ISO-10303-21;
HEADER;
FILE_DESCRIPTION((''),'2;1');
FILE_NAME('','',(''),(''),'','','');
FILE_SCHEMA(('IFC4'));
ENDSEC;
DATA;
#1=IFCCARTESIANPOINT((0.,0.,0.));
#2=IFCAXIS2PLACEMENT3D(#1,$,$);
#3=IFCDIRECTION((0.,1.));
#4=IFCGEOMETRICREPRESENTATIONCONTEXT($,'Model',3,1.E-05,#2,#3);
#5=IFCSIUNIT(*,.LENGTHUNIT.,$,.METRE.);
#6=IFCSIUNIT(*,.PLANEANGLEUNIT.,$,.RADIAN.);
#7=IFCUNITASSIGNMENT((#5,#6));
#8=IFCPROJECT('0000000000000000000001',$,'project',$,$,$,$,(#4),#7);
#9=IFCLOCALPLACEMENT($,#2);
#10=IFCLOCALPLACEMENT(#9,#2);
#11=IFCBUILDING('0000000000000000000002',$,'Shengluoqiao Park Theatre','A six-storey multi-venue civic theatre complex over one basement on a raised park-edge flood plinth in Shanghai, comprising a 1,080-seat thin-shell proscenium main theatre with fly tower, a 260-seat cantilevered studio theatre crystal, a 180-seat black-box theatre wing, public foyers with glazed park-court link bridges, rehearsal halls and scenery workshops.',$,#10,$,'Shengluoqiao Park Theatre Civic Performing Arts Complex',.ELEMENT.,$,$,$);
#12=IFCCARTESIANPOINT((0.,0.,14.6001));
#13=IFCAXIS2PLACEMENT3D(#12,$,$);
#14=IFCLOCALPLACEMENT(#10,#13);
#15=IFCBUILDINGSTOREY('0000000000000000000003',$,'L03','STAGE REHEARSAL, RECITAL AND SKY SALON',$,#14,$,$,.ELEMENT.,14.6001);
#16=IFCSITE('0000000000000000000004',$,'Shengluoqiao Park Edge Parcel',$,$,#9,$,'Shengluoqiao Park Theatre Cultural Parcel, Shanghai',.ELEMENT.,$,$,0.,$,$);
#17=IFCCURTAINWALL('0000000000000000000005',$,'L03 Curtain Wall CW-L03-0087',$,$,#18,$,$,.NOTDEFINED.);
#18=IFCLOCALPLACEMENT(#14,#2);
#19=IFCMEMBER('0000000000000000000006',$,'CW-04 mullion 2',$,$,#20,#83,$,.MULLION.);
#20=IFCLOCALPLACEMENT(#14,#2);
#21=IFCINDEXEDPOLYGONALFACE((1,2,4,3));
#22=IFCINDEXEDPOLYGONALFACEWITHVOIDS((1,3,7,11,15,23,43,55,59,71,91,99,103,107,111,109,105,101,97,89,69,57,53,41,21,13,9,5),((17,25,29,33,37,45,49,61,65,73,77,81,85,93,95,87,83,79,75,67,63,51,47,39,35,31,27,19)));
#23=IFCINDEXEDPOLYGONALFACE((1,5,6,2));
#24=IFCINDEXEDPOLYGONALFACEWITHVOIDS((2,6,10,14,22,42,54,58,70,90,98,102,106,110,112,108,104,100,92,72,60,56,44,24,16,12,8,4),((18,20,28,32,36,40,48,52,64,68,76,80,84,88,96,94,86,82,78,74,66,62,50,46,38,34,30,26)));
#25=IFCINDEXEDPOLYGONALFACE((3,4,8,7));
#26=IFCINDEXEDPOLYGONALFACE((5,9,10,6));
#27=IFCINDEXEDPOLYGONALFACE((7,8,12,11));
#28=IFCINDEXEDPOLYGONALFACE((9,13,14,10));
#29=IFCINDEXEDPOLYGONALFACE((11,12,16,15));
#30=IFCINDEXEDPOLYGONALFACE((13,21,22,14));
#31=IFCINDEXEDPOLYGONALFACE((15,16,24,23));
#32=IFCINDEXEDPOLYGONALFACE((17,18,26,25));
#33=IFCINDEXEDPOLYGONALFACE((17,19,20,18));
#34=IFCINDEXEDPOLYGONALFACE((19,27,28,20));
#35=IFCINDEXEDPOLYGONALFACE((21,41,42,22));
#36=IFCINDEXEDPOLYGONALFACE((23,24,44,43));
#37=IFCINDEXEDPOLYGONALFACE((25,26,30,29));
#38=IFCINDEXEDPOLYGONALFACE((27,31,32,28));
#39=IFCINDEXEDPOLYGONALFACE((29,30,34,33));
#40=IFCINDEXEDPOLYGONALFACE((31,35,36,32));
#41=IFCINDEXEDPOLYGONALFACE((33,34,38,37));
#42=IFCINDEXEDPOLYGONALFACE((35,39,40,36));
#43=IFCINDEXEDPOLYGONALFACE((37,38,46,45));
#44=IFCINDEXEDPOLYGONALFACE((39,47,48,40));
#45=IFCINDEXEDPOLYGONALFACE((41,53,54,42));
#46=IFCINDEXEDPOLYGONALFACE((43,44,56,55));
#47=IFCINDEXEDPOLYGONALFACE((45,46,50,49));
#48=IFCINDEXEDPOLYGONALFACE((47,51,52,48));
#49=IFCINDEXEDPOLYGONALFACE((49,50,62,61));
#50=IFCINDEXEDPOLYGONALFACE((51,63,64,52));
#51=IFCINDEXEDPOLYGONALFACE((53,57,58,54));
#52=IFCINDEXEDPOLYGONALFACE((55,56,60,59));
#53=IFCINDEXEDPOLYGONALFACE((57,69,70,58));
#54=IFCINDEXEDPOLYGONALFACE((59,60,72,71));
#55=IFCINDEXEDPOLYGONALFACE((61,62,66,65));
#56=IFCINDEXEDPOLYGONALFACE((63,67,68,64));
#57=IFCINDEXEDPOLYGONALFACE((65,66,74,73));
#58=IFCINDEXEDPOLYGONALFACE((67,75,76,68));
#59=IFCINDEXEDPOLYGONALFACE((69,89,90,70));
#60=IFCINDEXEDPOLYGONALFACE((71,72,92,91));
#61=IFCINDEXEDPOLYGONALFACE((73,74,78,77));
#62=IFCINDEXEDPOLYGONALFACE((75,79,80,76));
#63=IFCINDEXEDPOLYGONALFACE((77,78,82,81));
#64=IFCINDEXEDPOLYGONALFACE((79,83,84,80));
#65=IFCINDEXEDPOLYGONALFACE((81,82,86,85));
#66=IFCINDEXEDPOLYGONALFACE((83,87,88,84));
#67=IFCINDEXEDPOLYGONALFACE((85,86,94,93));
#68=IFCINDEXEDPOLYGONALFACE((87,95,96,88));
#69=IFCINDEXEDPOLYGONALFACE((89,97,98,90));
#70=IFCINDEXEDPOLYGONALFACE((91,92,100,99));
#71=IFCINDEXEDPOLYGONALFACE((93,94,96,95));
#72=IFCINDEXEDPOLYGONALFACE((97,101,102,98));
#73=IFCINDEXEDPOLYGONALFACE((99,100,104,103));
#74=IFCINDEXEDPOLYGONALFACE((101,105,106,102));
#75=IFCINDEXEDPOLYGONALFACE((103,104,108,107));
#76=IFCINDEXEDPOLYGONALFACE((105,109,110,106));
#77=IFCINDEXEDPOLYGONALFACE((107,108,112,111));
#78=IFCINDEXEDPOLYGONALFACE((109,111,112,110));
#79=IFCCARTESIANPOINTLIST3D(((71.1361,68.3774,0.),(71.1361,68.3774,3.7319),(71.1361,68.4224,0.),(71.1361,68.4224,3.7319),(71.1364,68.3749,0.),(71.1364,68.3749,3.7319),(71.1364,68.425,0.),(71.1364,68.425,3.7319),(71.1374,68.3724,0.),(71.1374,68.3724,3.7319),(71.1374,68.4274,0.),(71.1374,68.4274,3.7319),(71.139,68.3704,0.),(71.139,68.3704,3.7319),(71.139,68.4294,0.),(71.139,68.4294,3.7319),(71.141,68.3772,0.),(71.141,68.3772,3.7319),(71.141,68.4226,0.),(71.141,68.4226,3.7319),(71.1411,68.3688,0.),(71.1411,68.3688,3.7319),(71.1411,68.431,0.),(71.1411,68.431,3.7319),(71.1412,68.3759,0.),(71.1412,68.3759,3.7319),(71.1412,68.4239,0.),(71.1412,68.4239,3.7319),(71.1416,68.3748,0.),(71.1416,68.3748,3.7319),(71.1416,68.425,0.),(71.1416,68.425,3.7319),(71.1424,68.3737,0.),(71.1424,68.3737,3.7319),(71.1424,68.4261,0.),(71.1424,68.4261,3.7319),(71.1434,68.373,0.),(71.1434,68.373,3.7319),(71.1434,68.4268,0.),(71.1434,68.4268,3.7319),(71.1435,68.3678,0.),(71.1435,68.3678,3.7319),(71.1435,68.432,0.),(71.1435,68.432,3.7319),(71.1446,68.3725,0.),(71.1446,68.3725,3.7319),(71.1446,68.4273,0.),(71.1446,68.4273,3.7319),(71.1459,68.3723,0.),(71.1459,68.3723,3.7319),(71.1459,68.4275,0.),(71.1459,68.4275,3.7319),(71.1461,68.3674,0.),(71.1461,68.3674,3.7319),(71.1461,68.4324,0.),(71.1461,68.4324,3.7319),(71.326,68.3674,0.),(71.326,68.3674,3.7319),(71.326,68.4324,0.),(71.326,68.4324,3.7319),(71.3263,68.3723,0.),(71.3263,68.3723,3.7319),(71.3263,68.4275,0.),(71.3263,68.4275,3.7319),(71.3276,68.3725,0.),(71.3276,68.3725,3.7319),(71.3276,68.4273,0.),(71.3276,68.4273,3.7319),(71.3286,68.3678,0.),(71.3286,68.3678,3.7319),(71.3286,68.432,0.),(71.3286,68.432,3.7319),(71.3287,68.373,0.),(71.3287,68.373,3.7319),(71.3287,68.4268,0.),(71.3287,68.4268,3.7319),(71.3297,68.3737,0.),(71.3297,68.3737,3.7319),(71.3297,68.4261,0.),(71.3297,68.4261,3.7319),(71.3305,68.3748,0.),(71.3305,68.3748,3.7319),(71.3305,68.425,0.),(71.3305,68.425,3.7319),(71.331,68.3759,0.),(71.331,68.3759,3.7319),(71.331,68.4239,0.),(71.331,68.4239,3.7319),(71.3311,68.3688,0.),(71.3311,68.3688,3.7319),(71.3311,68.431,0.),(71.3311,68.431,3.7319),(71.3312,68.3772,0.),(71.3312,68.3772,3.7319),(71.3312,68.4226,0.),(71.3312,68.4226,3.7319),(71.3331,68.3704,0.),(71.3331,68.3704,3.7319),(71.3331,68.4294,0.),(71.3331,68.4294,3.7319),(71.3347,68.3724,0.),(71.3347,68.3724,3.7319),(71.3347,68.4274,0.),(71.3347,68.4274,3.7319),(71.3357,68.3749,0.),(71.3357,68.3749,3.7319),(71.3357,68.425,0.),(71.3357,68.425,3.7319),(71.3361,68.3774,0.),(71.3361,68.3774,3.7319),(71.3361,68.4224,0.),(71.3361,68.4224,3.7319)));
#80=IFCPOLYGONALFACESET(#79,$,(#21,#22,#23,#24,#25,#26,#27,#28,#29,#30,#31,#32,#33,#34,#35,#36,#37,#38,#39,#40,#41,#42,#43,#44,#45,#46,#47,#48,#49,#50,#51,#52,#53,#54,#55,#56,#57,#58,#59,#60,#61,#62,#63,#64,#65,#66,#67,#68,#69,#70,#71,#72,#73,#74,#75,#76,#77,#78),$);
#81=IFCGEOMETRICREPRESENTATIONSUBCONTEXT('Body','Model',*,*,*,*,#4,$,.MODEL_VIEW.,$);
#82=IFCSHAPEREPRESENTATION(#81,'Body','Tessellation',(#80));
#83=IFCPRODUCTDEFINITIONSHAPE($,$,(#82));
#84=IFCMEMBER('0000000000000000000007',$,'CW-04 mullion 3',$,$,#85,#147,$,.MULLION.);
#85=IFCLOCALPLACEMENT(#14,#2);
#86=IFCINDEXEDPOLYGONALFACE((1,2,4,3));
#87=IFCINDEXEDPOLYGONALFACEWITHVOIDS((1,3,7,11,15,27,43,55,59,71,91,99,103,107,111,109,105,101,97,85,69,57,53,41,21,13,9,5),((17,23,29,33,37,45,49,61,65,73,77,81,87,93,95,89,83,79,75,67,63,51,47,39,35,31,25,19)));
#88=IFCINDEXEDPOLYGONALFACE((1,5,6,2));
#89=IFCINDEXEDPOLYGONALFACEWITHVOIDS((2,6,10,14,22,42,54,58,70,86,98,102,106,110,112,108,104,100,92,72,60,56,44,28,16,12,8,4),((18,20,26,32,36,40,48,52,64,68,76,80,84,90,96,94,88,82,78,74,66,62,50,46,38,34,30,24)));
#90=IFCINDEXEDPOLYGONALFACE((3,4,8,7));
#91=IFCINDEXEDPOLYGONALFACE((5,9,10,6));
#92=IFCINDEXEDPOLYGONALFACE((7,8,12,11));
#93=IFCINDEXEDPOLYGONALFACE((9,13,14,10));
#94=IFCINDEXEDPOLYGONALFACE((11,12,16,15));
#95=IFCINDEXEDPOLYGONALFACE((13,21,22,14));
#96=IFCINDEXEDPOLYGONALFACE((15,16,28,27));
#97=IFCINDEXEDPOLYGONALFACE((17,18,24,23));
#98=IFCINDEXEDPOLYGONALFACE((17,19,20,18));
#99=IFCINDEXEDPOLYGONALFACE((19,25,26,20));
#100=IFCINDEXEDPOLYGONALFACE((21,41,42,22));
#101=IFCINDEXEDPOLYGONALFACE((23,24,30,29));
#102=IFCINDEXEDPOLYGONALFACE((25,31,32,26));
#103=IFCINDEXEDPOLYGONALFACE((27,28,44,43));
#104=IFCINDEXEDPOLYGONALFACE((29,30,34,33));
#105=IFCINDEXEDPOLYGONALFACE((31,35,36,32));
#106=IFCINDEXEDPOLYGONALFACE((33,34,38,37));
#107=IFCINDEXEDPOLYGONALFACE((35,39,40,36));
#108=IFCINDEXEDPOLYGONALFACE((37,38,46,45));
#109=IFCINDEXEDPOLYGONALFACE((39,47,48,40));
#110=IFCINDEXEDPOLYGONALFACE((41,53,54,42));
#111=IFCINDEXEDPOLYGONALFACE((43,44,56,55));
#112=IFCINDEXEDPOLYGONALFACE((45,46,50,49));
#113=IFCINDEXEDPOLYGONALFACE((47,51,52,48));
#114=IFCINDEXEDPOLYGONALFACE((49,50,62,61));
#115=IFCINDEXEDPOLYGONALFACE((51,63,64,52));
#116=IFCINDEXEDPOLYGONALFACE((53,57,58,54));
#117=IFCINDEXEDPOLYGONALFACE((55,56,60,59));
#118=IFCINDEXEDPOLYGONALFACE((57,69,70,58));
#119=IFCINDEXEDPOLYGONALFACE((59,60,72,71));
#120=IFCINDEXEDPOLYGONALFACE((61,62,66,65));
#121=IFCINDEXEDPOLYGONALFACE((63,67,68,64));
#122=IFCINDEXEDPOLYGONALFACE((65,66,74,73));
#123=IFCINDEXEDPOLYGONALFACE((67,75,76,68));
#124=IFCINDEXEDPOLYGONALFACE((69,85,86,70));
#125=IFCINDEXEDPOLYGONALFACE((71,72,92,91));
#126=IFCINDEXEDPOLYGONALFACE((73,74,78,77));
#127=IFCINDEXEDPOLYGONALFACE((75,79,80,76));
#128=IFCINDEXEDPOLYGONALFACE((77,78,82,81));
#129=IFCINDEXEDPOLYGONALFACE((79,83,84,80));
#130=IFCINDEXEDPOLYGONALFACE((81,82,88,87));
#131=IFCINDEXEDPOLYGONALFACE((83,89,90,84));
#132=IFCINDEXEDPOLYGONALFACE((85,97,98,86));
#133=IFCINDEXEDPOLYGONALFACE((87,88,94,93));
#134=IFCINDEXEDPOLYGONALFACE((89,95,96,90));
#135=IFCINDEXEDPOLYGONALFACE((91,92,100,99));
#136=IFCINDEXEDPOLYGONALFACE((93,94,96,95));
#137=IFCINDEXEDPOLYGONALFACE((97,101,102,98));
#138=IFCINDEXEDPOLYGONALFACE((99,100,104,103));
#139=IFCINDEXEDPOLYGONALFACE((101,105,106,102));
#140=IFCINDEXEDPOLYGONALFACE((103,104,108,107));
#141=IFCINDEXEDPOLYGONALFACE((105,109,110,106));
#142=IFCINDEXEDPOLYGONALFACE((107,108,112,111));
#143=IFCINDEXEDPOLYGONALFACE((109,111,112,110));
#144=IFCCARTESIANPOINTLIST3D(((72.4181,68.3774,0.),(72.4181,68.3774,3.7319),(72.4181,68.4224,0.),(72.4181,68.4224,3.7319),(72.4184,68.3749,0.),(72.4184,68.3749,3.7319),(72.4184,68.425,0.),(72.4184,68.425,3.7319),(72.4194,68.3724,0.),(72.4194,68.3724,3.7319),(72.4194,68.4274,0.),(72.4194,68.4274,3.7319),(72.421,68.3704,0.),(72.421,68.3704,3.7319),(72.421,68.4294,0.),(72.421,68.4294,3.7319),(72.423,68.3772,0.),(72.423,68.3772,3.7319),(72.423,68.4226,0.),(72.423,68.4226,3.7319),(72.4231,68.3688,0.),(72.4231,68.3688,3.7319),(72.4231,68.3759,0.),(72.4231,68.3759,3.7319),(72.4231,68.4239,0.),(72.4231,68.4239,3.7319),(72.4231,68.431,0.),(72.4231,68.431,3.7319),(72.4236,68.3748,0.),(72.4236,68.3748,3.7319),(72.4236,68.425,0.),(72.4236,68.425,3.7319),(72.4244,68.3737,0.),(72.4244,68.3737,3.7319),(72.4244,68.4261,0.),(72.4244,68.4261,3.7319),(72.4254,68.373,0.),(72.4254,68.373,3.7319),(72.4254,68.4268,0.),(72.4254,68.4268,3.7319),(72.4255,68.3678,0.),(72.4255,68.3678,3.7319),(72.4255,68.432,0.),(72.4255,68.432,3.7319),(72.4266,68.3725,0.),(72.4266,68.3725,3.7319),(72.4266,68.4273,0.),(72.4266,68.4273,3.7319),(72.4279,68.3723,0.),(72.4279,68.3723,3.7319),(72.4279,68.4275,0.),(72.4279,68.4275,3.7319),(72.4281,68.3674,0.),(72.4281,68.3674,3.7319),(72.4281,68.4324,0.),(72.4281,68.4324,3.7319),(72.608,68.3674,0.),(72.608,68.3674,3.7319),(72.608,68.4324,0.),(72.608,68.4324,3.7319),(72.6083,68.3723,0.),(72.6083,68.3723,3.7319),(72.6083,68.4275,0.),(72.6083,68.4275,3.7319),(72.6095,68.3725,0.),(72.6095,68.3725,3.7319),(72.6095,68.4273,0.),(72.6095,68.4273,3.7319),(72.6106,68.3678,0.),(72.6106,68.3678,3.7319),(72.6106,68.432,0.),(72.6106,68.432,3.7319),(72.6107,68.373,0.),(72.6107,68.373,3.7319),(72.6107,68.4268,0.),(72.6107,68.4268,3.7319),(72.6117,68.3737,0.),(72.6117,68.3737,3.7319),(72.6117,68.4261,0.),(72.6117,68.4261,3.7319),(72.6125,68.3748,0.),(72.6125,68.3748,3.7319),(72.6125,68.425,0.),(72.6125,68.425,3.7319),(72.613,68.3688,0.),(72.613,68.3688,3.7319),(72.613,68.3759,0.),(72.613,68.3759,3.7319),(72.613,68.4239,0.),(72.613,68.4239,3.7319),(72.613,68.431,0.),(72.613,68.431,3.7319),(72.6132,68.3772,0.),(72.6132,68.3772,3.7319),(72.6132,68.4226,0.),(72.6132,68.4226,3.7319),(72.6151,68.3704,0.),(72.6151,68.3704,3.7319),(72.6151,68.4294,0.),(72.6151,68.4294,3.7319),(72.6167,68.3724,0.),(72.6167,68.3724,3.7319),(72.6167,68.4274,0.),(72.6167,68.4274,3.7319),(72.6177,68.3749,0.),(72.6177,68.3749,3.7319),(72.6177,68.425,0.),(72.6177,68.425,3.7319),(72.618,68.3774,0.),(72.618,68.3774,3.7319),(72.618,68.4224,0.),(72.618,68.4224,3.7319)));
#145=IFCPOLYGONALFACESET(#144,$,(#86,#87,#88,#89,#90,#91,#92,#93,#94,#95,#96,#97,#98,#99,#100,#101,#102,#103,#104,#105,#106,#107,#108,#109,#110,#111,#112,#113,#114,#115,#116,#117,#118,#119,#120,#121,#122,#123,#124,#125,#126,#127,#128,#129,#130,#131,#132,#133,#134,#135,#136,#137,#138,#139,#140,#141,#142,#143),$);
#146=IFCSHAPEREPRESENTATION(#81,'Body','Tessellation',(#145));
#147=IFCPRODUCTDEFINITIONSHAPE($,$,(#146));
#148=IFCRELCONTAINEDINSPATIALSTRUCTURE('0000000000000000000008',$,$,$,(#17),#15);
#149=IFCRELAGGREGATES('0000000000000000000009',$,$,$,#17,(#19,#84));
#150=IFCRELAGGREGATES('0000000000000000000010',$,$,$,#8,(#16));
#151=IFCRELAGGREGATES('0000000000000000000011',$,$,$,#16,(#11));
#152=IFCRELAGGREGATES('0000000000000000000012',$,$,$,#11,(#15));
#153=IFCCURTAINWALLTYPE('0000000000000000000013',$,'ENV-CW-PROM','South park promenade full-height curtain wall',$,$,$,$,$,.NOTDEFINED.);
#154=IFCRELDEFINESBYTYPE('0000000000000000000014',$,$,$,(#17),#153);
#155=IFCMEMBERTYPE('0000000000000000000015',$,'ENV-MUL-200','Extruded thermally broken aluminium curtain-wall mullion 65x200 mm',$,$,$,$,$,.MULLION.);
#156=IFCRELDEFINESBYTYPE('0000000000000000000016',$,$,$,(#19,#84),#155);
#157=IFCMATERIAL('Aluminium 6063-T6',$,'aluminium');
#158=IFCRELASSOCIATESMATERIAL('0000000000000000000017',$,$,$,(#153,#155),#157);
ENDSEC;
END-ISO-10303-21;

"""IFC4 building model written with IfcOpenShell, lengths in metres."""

from ifc_helpers import new_model, si_unit, direction, frame, origin, origin_2d, place, context, subcontext, project, spatial, hollow_rectangle, extrude, material, material_profile, profile_set, type_object, element, aggregate, save


model = new_model("IFC4")

# Units and contexts
model_context = context("Model", 3, precision=1e-05, world=origin(), true_north=direction((0.0, 1.0)))
body_context = subcontext(model_context, "Body", "Model", "MODEL_VIEW")
ifc_project = project(units=[si_unit("LENGTHUNIT", "METRE"), si_unit("PLANEANGLEUNIT", "RADIAN")], contexts=[model_context])

# Site, building, storey
site_placement = place(None, origin())
site = spatial("IfcSite", under=ifc_project, at=site_placement, Name="Shengluoqiao Park Edge Parcel", LongName="Shengluoqiao Park Theatre Cultural Parcel, Shanghai", CompositionType="ELEMENT", RefElevation=0.0)
building_placement = place(site_placement, origin())
building = spatial("IfcBuilding", under=site, at=building_placement, Name="Shengluoqiao Park Theatre", Description="A six-storey multi-venue civic theatre complex over one basement on a raised park-edge flood plinth in Shanghai, comprising a 1,080-seat thin-shell proscenium main theatre with fly tower, a 260-seat cantilevered studio theatre crystal, a 180-seat black-box theatre wing, public foyers with glazed park-court link bridges, rehearsal halls and scenery workshops.", LongName="Shengluoqiao Park Theatre Civic Performing Arts Complex", CompositionType="ELEMENT")
storey_placement = place(building_placement, frame((0.0, 0.0, 14.6001)))
storey = spatial("IfcBuildingStorey", under=building, at=storey_placement, Name="L03", Description="STAGE REHEARSAL, RECITAL AND SKY SALON", CompositionType="ELEMENT", Elevation=14.6001)

# Curtain wall, members
ifc_material_1 = material(Name="Aluminium 6063-T6", Category="aluminium")
curtain_wall_type = type_object("IfcCurtainWallType", Name="ENV-CW-PROM", Description="South park promenade full-height curtain wall", PredefinedType="NOTDEFINED", material=ifc_material_1)
curtain_wall_1_placement = place(storey_placement, origin())
curtain_wall_1 = element("IfcCurtainWall", 1, at=curtain_wall_1_placement, inside=storey, type_object=curtain_wall_type, Name="L03 Curtain Wall CW-L03-0087", PredefinedType="NOTDEFINED")
ifc_material_profile_1 = material_profile(ifc_material_1, hollow_rectangle(XDim=0.0649, YDim=0.2, WallThickness=0.0049, InnerFilletRadius=0.0049, OuterFilletRadius=0.01, at=origin_2d()), Name="ALU MULLION 200x65x5")
ifc_profile_set_1 = profile_set([ifc_material_profile_1], Name="Aluminium 6063-T6")
member_type_1 = type_object("IfcMemberType", Name="ENV-MUL-200", Description="Extruded thermally broken aluminium curtain-wall mullion 65x200 mm", PredefinedType="MULLION", material=ifc_profile_set_1)
member_1_placement = place(storey_placement, frame((71.2361, 68.3999, 0.0), z_axis=(0.0, 0.0, 1.0), x_axis=(0.0, 1.0, 0.0)))
member_1 = element("IfcMember", 2, at=member_1_placement, type_object=member_type_1, Name="CW-04 mullion 2", PredefinedType="MULLION", context=body_context, shape_type="SweptSolid", body=[
    extrude(hollow_rectangle(XDim=0.0649, YDim=0.2, WallThickness=0.0049, InnerFilletRadius=0.0049, OuterFilletRadius=0.01, at=origin_2d()), origin(), (0.0, 0.0, 1.0), 3.7319),
])
member_2_placement = place(storey_placement, frame((72.5181, 68.3999, 0.0), z_axis=(0.0, 0.0, 1.0), x_axis=(0.0, 1.0, 0.0)))
member_2 = element("IfcMember", 3, at=member_2_placement, type_object=member_type_1, Name="CW-04 mullion 3", PredefinedType="MULLION", context=body_context, shape_type="SweptSolid", body=[
    extrude(hollow_rectangle(XDim=0.0649, YDim=0.2, WallThickness=0.0049, InnerFilletRadius=0.0049, OuterFilletRadius=0.01, at=origin_2d()), origin(), (0.0, 0.0, 1.0), 3.7319),
])

aggregate(curtain_wall_1, [member_1, member_2])

save(model, "model.ifc")
